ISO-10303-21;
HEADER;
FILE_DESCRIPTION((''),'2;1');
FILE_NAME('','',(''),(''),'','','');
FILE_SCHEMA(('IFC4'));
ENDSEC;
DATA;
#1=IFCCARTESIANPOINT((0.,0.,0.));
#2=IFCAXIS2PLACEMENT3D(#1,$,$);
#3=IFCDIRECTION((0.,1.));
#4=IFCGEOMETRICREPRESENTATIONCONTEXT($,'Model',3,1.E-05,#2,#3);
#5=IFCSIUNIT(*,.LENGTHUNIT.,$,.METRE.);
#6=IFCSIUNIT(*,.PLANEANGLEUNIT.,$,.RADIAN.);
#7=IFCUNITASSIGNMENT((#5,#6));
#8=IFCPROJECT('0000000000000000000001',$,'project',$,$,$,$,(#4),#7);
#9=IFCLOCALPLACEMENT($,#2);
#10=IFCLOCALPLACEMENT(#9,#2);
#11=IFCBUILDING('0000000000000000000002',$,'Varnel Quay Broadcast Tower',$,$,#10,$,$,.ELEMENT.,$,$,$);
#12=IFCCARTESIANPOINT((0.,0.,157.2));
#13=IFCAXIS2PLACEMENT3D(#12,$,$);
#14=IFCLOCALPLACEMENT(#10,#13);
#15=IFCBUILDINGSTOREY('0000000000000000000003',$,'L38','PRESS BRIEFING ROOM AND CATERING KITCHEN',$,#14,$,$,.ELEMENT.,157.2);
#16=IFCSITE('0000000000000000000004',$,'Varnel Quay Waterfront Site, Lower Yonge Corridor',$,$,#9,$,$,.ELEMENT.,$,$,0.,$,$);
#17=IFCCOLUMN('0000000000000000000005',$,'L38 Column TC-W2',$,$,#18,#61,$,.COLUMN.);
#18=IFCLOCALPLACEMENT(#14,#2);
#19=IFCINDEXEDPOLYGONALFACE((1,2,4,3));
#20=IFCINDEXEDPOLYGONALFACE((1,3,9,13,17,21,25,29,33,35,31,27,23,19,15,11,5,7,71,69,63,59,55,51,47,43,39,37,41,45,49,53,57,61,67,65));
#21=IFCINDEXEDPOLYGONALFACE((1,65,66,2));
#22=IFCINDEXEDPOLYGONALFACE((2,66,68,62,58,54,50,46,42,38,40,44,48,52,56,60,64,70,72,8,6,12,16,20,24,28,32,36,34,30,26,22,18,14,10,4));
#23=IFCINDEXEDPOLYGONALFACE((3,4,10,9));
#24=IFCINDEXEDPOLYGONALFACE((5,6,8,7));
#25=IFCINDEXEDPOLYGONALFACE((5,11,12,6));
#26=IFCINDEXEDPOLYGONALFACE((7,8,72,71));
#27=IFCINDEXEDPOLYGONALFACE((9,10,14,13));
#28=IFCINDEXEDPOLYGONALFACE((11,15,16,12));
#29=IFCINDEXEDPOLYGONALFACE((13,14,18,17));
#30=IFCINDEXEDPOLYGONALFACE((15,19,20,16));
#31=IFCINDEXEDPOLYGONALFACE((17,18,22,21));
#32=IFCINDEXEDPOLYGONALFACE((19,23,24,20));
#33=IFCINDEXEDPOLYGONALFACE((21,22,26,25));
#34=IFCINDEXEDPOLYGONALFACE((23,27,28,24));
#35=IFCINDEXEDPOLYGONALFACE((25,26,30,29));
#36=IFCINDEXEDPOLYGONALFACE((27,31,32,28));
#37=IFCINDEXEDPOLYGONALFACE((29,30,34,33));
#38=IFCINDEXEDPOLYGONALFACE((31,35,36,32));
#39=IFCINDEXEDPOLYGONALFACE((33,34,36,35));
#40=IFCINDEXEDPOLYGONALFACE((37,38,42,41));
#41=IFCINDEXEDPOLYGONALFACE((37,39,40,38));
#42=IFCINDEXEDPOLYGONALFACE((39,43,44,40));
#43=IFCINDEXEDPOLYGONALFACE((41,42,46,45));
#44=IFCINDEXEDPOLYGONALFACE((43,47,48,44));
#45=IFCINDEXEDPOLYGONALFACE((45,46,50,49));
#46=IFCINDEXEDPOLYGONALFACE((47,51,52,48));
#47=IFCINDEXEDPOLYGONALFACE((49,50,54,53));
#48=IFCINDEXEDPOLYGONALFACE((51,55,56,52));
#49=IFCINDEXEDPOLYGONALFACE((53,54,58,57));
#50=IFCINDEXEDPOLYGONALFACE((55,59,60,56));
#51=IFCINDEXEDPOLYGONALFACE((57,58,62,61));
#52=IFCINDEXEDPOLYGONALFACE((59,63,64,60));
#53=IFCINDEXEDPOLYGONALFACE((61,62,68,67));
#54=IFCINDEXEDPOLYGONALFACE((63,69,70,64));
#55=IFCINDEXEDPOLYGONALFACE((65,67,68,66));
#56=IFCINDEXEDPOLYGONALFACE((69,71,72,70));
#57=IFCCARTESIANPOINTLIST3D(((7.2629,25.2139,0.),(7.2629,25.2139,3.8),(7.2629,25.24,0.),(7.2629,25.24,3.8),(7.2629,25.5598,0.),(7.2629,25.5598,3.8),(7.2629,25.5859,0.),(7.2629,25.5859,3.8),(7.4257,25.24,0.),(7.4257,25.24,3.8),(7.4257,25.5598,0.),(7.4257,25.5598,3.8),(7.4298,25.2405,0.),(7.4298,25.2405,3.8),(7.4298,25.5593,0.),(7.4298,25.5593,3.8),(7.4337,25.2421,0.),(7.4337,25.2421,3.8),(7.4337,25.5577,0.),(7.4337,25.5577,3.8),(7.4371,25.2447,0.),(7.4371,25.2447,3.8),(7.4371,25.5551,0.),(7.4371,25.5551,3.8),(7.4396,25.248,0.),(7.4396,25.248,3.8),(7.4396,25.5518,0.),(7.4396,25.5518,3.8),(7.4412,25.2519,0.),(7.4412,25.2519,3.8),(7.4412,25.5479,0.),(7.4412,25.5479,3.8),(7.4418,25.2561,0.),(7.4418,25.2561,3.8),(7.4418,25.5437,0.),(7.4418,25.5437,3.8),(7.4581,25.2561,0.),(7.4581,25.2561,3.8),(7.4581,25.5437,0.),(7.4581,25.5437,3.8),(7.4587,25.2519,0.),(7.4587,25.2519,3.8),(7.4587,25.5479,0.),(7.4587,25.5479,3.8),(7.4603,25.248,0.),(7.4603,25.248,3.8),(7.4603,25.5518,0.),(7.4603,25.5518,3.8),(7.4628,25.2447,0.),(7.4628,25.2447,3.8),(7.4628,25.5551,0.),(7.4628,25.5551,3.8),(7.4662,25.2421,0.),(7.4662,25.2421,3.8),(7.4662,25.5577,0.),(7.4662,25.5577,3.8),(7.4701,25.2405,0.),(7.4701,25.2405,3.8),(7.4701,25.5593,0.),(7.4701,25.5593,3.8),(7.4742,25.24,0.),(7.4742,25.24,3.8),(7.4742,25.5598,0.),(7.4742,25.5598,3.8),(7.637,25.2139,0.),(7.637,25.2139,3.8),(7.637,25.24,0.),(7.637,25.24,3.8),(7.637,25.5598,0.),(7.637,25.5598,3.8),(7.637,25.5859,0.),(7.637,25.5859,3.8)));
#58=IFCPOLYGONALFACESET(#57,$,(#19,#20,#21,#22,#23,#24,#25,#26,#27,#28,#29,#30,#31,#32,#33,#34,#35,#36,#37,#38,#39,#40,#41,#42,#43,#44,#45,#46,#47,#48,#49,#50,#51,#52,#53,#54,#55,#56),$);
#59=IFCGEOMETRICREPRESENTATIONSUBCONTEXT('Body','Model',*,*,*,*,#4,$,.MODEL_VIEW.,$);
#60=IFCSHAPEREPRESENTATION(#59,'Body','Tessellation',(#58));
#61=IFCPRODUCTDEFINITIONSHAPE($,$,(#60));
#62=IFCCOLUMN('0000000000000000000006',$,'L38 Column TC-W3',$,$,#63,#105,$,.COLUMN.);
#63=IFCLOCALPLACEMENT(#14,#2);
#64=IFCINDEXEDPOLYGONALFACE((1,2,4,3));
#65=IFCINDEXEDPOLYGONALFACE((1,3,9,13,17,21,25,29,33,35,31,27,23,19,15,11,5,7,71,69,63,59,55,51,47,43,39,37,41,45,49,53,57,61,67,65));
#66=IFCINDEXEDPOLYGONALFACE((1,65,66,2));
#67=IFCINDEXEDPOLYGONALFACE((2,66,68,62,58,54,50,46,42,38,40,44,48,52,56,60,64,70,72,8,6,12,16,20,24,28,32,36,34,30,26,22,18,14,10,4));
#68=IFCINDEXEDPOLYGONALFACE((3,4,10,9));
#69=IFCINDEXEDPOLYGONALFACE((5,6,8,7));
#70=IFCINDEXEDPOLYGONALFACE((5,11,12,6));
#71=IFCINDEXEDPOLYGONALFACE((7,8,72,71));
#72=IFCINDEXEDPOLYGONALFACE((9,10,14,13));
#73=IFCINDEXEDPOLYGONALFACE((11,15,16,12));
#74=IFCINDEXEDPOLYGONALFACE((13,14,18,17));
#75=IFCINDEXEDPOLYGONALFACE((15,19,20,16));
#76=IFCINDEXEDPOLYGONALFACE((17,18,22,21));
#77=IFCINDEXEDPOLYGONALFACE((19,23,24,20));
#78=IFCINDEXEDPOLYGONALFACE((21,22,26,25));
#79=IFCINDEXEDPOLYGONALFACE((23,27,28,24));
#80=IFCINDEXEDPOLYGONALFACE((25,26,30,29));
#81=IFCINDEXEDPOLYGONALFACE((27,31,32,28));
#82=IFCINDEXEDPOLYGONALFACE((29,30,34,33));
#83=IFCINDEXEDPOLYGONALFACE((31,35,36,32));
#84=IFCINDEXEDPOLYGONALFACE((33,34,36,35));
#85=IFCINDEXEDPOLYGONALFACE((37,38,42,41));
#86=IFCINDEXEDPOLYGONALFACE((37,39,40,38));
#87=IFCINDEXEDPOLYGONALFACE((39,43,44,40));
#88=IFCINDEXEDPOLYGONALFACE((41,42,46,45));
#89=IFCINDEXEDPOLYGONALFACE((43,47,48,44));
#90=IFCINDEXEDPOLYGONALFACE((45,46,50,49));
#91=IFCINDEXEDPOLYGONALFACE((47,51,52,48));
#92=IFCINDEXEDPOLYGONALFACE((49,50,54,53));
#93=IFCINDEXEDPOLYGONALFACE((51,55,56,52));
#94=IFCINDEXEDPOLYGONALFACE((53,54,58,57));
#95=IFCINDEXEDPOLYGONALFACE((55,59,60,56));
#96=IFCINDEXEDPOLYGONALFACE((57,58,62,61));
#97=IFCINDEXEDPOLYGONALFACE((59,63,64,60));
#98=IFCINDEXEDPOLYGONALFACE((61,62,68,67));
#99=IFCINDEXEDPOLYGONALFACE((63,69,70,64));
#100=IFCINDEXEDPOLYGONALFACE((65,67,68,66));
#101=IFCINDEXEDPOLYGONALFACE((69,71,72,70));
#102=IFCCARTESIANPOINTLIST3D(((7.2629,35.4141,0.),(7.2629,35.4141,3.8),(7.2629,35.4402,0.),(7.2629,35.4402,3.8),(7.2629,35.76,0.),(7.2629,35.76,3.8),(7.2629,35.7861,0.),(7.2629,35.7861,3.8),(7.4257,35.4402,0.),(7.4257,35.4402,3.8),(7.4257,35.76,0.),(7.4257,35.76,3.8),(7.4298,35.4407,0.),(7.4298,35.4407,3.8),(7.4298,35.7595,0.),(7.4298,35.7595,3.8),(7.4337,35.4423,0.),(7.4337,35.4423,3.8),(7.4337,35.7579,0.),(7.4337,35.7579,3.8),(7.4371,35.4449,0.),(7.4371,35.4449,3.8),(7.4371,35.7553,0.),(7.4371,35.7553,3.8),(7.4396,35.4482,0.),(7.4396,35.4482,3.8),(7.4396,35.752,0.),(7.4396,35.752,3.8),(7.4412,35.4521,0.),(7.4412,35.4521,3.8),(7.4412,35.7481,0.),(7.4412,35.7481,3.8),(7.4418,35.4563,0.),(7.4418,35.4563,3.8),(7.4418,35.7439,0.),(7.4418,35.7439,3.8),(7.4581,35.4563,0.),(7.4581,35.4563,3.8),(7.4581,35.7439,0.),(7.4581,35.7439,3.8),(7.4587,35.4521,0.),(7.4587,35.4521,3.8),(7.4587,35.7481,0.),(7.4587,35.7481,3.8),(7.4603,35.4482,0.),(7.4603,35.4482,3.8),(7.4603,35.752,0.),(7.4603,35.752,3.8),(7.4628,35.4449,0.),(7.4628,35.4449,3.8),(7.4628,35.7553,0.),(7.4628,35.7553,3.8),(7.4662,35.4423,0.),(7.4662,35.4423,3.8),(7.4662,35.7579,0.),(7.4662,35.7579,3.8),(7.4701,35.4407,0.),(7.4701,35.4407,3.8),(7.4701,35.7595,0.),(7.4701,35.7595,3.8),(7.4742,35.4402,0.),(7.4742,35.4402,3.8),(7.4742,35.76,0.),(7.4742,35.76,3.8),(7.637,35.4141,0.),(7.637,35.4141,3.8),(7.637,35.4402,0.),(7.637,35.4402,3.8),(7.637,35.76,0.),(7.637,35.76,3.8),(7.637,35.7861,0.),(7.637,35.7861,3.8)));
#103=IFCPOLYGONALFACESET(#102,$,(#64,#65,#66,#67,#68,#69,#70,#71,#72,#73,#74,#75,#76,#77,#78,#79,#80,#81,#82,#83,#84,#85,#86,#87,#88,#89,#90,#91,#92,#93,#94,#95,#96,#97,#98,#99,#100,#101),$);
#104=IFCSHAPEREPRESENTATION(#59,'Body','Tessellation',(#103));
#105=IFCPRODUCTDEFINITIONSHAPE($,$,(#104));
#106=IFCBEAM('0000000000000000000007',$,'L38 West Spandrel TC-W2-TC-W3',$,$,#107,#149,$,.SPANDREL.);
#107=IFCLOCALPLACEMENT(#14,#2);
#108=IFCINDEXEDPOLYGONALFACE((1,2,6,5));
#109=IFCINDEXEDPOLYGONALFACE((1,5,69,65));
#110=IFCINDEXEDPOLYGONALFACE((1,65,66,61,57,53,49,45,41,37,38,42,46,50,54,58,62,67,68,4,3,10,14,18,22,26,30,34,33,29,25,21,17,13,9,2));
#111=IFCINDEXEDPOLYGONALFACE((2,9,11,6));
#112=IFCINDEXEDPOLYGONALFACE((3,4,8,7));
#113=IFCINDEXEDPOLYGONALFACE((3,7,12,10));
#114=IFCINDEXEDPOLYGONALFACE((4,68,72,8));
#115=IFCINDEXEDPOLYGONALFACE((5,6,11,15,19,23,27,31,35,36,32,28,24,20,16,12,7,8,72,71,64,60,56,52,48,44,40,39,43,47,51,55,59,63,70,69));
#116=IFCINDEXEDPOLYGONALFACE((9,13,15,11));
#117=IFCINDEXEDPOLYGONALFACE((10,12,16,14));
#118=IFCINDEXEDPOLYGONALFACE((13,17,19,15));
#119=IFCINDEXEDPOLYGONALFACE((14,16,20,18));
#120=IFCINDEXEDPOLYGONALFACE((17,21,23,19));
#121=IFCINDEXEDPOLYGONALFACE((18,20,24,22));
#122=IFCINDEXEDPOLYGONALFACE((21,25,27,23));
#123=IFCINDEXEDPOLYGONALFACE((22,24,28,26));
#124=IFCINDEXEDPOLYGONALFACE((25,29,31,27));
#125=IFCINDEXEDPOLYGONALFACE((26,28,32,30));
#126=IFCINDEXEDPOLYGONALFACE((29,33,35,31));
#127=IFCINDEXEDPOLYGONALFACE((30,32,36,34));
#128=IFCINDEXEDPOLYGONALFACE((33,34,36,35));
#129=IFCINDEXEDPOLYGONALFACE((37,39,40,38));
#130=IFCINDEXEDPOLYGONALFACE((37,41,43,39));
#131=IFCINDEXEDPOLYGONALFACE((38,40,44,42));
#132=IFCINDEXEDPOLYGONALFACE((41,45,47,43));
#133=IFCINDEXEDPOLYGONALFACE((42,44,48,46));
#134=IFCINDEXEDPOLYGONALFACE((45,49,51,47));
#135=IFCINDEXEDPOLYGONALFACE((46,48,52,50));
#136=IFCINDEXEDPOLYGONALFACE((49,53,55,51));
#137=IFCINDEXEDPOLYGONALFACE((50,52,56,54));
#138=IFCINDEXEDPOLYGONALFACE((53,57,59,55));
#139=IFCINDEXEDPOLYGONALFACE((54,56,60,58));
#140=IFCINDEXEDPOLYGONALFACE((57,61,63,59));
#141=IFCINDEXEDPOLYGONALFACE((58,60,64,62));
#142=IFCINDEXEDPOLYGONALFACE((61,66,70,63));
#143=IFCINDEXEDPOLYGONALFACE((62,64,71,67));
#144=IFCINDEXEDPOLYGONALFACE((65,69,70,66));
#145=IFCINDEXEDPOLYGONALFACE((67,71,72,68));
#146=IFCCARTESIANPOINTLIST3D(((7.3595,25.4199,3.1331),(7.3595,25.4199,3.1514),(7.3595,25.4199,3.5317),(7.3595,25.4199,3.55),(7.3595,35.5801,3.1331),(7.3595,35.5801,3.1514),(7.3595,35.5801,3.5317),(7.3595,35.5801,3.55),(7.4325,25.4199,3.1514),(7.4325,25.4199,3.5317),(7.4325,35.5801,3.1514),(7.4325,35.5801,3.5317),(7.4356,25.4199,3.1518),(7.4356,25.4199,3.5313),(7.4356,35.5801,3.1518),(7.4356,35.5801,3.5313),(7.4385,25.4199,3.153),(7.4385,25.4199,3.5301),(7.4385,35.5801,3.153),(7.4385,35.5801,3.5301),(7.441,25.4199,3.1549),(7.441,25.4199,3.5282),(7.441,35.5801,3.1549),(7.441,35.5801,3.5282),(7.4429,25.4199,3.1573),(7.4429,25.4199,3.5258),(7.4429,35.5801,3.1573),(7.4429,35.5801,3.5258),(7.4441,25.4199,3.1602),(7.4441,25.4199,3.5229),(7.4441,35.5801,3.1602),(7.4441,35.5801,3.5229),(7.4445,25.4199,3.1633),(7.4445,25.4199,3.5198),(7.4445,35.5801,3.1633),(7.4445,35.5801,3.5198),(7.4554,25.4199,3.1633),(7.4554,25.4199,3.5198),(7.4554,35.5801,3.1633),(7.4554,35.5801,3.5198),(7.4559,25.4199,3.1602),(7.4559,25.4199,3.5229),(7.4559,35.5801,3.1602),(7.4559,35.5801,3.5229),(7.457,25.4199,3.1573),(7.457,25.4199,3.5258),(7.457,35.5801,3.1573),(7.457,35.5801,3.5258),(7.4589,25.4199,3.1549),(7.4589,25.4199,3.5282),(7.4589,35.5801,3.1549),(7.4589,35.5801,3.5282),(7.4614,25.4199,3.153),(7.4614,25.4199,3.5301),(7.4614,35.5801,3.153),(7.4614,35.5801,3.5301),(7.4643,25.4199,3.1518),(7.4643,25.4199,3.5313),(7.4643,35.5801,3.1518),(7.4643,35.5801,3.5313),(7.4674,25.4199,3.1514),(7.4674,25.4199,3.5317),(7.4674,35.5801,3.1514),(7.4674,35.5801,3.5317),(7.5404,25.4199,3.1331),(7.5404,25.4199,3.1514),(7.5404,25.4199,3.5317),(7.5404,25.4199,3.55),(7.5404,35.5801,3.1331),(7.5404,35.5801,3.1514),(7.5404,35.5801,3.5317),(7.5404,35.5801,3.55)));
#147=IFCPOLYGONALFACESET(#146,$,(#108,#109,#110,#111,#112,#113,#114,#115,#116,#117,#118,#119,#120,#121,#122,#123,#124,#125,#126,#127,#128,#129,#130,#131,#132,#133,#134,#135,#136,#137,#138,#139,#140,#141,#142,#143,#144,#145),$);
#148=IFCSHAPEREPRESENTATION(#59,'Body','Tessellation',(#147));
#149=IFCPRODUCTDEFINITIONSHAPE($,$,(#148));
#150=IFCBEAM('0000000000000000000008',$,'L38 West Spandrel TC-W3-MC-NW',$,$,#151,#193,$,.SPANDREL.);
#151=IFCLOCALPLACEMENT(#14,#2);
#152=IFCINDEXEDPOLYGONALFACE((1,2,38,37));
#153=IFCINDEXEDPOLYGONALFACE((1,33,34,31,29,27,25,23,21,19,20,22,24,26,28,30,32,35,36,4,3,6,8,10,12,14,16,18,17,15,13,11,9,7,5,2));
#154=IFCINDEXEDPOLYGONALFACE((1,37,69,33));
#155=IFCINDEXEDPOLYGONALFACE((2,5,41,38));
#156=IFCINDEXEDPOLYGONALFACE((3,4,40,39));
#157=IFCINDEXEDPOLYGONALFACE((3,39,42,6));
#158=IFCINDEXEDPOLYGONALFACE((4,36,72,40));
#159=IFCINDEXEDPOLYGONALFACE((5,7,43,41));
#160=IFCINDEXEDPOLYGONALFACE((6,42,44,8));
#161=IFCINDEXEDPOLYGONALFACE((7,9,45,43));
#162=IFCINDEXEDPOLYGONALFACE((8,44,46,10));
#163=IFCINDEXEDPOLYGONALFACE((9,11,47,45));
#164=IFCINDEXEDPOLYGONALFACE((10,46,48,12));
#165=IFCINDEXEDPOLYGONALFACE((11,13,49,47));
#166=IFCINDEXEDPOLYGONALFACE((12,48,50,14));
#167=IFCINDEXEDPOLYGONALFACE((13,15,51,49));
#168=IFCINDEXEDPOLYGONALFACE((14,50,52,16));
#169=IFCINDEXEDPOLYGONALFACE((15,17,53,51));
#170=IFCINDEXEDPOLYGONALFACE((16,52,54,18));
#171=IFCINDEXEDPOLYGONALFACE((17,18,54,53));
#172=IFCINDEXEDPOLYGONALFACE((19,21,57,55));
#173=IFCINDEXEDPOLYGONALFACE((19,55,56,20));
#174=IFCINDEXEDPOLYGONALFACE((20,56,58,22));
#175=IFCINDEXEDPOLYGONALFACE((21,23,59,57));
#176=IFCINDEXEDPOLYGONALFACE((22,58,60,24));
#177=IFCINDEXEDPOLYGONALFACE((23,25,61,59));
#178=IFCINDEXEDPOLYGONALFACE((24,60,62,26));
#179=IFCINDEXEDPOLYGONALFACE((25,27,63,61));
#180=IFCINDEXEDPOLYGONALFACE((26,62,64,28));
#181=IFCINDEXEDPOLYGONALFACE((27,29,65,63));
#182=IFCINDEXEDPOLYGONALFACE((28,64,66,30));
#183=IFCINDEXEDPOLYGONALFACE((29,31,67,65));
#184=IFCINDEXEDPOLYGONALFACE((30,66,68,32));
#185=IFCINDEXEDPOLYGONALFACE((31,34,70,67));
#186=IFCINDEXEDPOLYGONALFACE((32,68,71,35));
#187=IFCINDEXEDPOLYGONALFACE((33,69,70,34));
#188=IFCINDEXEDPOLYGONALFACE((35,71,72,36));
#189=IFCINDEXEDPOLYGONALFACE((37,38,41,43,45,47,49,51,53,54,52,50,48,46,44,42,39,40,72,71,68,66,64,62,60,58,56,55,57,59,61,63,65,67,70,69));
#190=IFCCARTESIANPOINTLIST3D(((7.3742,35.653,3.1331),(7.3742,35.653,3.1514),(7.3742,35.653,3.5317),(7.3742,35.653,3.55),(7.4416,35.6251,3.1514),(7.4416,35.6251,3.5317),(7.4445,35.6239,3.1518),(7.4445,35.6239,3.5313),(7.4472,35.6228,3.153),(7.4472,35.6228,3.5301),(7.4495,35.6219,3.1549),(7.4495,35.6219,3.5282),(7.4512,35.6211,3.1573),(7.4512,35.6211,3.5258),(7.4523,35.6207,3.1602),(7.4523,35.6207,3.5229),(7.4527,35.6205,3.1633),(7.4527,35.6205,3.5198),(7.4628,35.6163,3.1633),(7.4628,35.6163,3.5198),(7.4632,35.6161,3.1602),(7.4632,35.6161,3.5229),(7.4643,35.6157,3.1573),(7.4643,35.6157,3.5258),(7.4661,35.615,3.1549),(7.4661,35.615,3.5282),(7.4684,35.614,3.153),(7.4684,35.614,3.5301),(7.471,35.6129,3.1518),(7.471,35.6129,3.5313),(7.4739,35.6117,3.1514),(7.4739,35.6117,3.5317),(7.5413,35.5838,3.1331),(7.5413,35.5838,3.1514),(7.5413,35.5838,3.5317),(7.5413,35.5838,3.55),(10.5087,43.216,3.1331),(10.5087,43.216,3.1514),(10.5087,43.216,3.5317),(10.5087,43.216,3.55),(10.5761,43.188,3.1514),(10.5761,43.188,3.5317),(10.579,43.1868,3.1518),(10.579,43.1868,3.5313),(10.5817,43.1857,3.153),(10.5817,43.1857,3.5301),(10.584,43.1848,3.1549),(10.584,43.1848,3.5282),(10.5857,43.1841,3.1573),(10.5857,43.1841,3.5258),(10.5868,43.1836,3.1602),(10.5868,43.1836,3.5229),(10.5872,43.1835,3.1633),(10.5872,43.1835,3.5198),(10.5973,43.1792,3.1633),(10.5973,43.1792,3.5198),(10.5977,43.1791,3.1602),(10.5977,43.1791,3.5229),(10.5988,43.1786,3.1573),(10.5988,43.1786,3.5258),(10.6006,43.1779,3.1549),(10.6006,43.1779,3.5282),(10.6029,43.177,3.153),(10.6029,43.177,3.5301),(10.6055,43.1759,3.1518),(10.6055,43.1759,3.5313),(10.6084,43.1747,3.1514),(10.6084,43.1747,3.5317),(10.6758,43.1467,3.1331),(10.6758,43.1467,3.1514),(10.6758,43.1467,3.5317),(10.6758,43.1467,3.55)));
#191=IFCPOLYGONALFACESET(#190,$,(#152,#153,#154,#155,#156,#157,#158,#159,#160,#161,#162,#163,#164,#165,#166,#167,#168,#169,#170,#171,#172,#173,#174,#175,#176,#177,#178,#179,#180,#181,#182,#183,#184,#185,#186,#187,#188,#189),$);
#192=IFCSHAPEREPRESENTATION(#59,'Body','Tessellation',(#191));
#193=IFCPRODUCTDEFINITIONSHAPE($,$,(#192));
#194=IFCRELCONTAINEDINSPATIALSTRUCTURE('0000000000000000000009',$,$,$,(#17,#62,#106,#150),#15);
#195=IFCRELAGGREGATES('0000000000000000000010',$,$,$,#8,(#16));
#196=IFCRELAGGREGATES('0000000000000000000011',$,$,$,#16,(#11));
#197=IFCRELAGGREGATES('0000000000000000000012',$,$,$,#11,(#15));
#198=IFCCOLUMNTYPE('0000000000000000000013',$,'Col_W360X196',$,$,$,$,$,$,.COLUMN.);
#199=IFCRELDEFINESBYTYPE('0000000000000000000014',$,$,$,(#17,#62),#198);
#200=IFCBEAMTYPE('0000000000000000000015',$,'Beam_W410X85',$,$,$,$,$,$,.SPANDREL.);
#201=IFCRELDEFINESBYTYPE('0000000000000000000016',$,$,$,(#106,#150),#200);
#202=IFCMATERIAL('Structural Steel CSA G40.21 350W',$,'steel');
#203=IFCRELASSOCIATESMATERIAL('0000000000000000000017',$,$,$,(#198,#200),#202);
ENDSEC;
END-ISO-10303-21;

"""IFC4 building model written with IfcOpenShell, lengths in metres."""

from ifc_helpers import new_model, si_unit, direction, frame, origin, origin_2d, place, context, subcontext, project, spatial, i_section, extrude, source, transform, mapped, material, material_profile, profile_set, type_object, type_shapes, element, save


model = new_model("IFC4")

# Units and contexts
model_context = context("Model", 3, precision=1e-05, world=origin(), true_north=direction((0.0, 1.0)))
body_context = subcontext(model_context, "Body", "Model", "MODEL_VIEW")
ifc_project = project(units=[si_unit("LENGTHUNIT", "METRE"), si_unit("PLANEANGLEUNIT", "RADIAN")], contexts=[model_context])

# Site, building, storey
site_placement = place(None, origin())
site = spatial("IfcSite", under=ifc_project, at=site_placement, Name="Varnel Quay Waterfront Site, Lower Yonge Corridor", CompositionType="ELEMENT", RefElevation=0.0)
building_placement = place(site_placement, origin())
building = spatial("IfcBuilding", under=site, at=building_placement, Name="Varnel Quay Broadcast Tower", CompositionType="ELEMENT")
storey_placement = place(building_placement, frame((0.0, 0.0, 157.2)))
storey = spatial("IfcBuildingStorey", under=building, at=storey_placement, Name="L38", Description="PRESS BRIEFING ROOM AND CATERING KITCHEN", CompositionType="ELEMENT", Elevation=157.2)

# Columns
ifc_material_1 = material(Name="Structural Steel CSA G40.21 350W", Category="steel")
ifc_material_profile_1 = material_profile(ifc_material_1, i_section(OverallWidth=0.374, OverallDepth=0.3721, WebThickness=0.0164, FlangeThickness=0.0261, FilletRadius=0.0161, at=origin_2d()), Name="W360X196")
ifc_profile_set_1 = profile_set([ifc_material_profile_1], Name="Structural Steel CSA G40.21 350W")
column_type = type_object("IfcColumnType", Name="Col_W360X196", PredefinedType="COLUMN", material=ifc_profile_set_1)
shared_shape_1 = source(origin(), body_context, "Body", "SweptSolid", [
    extrude(i_section(OverallWidth=0.374, OverallDepth=0.3721, WebThickness=0.0164, FlangeThickness=0.0261, FilletRadius=0.0161, at=origin_2d()), origin(), (0.0, 0.0, 1.0), 3.8),
])
type_shapes(column_type, [shared_shape_1])
for number, where, z_axis, x_axis, name in (
    (1, (7.45, 25.3999, 0.0), (0.0, 0.0, 1.0), (1.0, 0.0, 0.0), "L38 Column TC-W2"),
    (2, (7.45, 35.6001, 0.0), (0.0, 0.0, 1.0), (1.0, 0.0, 0.0), "L38 Column TC-W3"),
):
    element("IfcColumn", number, at=place(storey_placement, frame(where, z_axis=z_axis, x_axis=x_axis)), inside=storey, type_object=column_type, Name=name, PredefinedType="COLUMN", context=body_context, shape_type="MappedRepresentation", body=[
        mapped(shared_shape_1, transform((0.0, 0.0, 0.0), x_axis=(1.0, 0.0, 0.0), y_axis=(0.0, 1.0, 0.0), z_axis=(0.0, 0.0, 1.0), scale=1.0)),
    ])

# Beams
ifc_material_profile_2 = material_profile(ifc_material_1, i_section(OverallWidth=0.1809, OverallDepth=0.417, WebThickness=0.011, FlangeThickness=0.0183, FilletRadius=0.012, at=origin_2d()), Name="W410X85")
ifc_profile_set_2 = profile_set([ifc_material_profile_2], Name="Structural Steel CSA G40.21 350W")
beam_type_1 = type_object("IfcBeamType", Name="Beam_W410X85", PredefinedType="SPANDREL", material=ifc_profile_set_2)
shared_shape_2 = source(origin(), body_context, "Body", "SweptSolid", [
    extrude(i_section(OverallWidth=0.1809, OverallDepth=0.417, WebThickness=0.011, FlangeThickness=0.0183, FilletRadius=0.012, at=origin_2d()), origin(), (0.0, 0.0, 1.0), 10.1602),
])
beam_1_placement = place(storey_placement, frame((7.45, 25.4199, 3.3416), z_axis=(0.0, 1.0, 0.0), x_axis=(-1.0, 0.0, 0.0)))
element("IfcBeam", 3, at=beam_1_placement, inside=storey, type_object=beam_type_1, Name="L38 West Spandrel TC-W2-TC-W3", PredefinedType="SPANDREL", context=body_context, shape_type="MappedRepresentation", body=[
    mapped(shared_shape_2, transform((0.0, 0.0, 0.0), x_axis=(1.0, 0.0, 0.0), y_axis=(0.0, 1.0, 0.0), z_axis=(0.0, 0.0, 1.0), scale=1.0)),
])
shared_shape_3 = source(origin(), body_context, "Body", "SweptSolid", [
    extrude(i_section(OverallWidth=0.1809, OverallDepth=0.417, WebThickness=0.011, FlangeThickness=0.0183, FilletRadius=0.012, at=origin_2d()), origin(), (0.0, 0.0, 1.0), 8.1868),
])
type_shapes(beam_type_1, [shared_shape_2, shared_shape_3])
beam_2_placement = place(storey_placement, frame((7.4578, 35.6184, 3.3416), z_axis=(0.382874, 0.923801, 0.0), x_axis=(-0.923801, 0.382874, 0.0)))
element("IfcBeam", 4, at=beam_2_placement, inside=storey, type_object=beam_type_1, Name="L38 West Spandrel TC-W3-MC-NW", PredefinedType="SPANDREL", context=body_context, shape_type="MappedRepresentation", body=[
    mapped(shared_shape_3, transform((0.0, 0.0, 0.0), x_axis=(1.0, 0.0, 0.0), y_axis=(0.0, 1.0, 0.0), z_axis=(0.0, 0.0, 1.0), scale=1.0)),
])

save(model, "model.ifc")
